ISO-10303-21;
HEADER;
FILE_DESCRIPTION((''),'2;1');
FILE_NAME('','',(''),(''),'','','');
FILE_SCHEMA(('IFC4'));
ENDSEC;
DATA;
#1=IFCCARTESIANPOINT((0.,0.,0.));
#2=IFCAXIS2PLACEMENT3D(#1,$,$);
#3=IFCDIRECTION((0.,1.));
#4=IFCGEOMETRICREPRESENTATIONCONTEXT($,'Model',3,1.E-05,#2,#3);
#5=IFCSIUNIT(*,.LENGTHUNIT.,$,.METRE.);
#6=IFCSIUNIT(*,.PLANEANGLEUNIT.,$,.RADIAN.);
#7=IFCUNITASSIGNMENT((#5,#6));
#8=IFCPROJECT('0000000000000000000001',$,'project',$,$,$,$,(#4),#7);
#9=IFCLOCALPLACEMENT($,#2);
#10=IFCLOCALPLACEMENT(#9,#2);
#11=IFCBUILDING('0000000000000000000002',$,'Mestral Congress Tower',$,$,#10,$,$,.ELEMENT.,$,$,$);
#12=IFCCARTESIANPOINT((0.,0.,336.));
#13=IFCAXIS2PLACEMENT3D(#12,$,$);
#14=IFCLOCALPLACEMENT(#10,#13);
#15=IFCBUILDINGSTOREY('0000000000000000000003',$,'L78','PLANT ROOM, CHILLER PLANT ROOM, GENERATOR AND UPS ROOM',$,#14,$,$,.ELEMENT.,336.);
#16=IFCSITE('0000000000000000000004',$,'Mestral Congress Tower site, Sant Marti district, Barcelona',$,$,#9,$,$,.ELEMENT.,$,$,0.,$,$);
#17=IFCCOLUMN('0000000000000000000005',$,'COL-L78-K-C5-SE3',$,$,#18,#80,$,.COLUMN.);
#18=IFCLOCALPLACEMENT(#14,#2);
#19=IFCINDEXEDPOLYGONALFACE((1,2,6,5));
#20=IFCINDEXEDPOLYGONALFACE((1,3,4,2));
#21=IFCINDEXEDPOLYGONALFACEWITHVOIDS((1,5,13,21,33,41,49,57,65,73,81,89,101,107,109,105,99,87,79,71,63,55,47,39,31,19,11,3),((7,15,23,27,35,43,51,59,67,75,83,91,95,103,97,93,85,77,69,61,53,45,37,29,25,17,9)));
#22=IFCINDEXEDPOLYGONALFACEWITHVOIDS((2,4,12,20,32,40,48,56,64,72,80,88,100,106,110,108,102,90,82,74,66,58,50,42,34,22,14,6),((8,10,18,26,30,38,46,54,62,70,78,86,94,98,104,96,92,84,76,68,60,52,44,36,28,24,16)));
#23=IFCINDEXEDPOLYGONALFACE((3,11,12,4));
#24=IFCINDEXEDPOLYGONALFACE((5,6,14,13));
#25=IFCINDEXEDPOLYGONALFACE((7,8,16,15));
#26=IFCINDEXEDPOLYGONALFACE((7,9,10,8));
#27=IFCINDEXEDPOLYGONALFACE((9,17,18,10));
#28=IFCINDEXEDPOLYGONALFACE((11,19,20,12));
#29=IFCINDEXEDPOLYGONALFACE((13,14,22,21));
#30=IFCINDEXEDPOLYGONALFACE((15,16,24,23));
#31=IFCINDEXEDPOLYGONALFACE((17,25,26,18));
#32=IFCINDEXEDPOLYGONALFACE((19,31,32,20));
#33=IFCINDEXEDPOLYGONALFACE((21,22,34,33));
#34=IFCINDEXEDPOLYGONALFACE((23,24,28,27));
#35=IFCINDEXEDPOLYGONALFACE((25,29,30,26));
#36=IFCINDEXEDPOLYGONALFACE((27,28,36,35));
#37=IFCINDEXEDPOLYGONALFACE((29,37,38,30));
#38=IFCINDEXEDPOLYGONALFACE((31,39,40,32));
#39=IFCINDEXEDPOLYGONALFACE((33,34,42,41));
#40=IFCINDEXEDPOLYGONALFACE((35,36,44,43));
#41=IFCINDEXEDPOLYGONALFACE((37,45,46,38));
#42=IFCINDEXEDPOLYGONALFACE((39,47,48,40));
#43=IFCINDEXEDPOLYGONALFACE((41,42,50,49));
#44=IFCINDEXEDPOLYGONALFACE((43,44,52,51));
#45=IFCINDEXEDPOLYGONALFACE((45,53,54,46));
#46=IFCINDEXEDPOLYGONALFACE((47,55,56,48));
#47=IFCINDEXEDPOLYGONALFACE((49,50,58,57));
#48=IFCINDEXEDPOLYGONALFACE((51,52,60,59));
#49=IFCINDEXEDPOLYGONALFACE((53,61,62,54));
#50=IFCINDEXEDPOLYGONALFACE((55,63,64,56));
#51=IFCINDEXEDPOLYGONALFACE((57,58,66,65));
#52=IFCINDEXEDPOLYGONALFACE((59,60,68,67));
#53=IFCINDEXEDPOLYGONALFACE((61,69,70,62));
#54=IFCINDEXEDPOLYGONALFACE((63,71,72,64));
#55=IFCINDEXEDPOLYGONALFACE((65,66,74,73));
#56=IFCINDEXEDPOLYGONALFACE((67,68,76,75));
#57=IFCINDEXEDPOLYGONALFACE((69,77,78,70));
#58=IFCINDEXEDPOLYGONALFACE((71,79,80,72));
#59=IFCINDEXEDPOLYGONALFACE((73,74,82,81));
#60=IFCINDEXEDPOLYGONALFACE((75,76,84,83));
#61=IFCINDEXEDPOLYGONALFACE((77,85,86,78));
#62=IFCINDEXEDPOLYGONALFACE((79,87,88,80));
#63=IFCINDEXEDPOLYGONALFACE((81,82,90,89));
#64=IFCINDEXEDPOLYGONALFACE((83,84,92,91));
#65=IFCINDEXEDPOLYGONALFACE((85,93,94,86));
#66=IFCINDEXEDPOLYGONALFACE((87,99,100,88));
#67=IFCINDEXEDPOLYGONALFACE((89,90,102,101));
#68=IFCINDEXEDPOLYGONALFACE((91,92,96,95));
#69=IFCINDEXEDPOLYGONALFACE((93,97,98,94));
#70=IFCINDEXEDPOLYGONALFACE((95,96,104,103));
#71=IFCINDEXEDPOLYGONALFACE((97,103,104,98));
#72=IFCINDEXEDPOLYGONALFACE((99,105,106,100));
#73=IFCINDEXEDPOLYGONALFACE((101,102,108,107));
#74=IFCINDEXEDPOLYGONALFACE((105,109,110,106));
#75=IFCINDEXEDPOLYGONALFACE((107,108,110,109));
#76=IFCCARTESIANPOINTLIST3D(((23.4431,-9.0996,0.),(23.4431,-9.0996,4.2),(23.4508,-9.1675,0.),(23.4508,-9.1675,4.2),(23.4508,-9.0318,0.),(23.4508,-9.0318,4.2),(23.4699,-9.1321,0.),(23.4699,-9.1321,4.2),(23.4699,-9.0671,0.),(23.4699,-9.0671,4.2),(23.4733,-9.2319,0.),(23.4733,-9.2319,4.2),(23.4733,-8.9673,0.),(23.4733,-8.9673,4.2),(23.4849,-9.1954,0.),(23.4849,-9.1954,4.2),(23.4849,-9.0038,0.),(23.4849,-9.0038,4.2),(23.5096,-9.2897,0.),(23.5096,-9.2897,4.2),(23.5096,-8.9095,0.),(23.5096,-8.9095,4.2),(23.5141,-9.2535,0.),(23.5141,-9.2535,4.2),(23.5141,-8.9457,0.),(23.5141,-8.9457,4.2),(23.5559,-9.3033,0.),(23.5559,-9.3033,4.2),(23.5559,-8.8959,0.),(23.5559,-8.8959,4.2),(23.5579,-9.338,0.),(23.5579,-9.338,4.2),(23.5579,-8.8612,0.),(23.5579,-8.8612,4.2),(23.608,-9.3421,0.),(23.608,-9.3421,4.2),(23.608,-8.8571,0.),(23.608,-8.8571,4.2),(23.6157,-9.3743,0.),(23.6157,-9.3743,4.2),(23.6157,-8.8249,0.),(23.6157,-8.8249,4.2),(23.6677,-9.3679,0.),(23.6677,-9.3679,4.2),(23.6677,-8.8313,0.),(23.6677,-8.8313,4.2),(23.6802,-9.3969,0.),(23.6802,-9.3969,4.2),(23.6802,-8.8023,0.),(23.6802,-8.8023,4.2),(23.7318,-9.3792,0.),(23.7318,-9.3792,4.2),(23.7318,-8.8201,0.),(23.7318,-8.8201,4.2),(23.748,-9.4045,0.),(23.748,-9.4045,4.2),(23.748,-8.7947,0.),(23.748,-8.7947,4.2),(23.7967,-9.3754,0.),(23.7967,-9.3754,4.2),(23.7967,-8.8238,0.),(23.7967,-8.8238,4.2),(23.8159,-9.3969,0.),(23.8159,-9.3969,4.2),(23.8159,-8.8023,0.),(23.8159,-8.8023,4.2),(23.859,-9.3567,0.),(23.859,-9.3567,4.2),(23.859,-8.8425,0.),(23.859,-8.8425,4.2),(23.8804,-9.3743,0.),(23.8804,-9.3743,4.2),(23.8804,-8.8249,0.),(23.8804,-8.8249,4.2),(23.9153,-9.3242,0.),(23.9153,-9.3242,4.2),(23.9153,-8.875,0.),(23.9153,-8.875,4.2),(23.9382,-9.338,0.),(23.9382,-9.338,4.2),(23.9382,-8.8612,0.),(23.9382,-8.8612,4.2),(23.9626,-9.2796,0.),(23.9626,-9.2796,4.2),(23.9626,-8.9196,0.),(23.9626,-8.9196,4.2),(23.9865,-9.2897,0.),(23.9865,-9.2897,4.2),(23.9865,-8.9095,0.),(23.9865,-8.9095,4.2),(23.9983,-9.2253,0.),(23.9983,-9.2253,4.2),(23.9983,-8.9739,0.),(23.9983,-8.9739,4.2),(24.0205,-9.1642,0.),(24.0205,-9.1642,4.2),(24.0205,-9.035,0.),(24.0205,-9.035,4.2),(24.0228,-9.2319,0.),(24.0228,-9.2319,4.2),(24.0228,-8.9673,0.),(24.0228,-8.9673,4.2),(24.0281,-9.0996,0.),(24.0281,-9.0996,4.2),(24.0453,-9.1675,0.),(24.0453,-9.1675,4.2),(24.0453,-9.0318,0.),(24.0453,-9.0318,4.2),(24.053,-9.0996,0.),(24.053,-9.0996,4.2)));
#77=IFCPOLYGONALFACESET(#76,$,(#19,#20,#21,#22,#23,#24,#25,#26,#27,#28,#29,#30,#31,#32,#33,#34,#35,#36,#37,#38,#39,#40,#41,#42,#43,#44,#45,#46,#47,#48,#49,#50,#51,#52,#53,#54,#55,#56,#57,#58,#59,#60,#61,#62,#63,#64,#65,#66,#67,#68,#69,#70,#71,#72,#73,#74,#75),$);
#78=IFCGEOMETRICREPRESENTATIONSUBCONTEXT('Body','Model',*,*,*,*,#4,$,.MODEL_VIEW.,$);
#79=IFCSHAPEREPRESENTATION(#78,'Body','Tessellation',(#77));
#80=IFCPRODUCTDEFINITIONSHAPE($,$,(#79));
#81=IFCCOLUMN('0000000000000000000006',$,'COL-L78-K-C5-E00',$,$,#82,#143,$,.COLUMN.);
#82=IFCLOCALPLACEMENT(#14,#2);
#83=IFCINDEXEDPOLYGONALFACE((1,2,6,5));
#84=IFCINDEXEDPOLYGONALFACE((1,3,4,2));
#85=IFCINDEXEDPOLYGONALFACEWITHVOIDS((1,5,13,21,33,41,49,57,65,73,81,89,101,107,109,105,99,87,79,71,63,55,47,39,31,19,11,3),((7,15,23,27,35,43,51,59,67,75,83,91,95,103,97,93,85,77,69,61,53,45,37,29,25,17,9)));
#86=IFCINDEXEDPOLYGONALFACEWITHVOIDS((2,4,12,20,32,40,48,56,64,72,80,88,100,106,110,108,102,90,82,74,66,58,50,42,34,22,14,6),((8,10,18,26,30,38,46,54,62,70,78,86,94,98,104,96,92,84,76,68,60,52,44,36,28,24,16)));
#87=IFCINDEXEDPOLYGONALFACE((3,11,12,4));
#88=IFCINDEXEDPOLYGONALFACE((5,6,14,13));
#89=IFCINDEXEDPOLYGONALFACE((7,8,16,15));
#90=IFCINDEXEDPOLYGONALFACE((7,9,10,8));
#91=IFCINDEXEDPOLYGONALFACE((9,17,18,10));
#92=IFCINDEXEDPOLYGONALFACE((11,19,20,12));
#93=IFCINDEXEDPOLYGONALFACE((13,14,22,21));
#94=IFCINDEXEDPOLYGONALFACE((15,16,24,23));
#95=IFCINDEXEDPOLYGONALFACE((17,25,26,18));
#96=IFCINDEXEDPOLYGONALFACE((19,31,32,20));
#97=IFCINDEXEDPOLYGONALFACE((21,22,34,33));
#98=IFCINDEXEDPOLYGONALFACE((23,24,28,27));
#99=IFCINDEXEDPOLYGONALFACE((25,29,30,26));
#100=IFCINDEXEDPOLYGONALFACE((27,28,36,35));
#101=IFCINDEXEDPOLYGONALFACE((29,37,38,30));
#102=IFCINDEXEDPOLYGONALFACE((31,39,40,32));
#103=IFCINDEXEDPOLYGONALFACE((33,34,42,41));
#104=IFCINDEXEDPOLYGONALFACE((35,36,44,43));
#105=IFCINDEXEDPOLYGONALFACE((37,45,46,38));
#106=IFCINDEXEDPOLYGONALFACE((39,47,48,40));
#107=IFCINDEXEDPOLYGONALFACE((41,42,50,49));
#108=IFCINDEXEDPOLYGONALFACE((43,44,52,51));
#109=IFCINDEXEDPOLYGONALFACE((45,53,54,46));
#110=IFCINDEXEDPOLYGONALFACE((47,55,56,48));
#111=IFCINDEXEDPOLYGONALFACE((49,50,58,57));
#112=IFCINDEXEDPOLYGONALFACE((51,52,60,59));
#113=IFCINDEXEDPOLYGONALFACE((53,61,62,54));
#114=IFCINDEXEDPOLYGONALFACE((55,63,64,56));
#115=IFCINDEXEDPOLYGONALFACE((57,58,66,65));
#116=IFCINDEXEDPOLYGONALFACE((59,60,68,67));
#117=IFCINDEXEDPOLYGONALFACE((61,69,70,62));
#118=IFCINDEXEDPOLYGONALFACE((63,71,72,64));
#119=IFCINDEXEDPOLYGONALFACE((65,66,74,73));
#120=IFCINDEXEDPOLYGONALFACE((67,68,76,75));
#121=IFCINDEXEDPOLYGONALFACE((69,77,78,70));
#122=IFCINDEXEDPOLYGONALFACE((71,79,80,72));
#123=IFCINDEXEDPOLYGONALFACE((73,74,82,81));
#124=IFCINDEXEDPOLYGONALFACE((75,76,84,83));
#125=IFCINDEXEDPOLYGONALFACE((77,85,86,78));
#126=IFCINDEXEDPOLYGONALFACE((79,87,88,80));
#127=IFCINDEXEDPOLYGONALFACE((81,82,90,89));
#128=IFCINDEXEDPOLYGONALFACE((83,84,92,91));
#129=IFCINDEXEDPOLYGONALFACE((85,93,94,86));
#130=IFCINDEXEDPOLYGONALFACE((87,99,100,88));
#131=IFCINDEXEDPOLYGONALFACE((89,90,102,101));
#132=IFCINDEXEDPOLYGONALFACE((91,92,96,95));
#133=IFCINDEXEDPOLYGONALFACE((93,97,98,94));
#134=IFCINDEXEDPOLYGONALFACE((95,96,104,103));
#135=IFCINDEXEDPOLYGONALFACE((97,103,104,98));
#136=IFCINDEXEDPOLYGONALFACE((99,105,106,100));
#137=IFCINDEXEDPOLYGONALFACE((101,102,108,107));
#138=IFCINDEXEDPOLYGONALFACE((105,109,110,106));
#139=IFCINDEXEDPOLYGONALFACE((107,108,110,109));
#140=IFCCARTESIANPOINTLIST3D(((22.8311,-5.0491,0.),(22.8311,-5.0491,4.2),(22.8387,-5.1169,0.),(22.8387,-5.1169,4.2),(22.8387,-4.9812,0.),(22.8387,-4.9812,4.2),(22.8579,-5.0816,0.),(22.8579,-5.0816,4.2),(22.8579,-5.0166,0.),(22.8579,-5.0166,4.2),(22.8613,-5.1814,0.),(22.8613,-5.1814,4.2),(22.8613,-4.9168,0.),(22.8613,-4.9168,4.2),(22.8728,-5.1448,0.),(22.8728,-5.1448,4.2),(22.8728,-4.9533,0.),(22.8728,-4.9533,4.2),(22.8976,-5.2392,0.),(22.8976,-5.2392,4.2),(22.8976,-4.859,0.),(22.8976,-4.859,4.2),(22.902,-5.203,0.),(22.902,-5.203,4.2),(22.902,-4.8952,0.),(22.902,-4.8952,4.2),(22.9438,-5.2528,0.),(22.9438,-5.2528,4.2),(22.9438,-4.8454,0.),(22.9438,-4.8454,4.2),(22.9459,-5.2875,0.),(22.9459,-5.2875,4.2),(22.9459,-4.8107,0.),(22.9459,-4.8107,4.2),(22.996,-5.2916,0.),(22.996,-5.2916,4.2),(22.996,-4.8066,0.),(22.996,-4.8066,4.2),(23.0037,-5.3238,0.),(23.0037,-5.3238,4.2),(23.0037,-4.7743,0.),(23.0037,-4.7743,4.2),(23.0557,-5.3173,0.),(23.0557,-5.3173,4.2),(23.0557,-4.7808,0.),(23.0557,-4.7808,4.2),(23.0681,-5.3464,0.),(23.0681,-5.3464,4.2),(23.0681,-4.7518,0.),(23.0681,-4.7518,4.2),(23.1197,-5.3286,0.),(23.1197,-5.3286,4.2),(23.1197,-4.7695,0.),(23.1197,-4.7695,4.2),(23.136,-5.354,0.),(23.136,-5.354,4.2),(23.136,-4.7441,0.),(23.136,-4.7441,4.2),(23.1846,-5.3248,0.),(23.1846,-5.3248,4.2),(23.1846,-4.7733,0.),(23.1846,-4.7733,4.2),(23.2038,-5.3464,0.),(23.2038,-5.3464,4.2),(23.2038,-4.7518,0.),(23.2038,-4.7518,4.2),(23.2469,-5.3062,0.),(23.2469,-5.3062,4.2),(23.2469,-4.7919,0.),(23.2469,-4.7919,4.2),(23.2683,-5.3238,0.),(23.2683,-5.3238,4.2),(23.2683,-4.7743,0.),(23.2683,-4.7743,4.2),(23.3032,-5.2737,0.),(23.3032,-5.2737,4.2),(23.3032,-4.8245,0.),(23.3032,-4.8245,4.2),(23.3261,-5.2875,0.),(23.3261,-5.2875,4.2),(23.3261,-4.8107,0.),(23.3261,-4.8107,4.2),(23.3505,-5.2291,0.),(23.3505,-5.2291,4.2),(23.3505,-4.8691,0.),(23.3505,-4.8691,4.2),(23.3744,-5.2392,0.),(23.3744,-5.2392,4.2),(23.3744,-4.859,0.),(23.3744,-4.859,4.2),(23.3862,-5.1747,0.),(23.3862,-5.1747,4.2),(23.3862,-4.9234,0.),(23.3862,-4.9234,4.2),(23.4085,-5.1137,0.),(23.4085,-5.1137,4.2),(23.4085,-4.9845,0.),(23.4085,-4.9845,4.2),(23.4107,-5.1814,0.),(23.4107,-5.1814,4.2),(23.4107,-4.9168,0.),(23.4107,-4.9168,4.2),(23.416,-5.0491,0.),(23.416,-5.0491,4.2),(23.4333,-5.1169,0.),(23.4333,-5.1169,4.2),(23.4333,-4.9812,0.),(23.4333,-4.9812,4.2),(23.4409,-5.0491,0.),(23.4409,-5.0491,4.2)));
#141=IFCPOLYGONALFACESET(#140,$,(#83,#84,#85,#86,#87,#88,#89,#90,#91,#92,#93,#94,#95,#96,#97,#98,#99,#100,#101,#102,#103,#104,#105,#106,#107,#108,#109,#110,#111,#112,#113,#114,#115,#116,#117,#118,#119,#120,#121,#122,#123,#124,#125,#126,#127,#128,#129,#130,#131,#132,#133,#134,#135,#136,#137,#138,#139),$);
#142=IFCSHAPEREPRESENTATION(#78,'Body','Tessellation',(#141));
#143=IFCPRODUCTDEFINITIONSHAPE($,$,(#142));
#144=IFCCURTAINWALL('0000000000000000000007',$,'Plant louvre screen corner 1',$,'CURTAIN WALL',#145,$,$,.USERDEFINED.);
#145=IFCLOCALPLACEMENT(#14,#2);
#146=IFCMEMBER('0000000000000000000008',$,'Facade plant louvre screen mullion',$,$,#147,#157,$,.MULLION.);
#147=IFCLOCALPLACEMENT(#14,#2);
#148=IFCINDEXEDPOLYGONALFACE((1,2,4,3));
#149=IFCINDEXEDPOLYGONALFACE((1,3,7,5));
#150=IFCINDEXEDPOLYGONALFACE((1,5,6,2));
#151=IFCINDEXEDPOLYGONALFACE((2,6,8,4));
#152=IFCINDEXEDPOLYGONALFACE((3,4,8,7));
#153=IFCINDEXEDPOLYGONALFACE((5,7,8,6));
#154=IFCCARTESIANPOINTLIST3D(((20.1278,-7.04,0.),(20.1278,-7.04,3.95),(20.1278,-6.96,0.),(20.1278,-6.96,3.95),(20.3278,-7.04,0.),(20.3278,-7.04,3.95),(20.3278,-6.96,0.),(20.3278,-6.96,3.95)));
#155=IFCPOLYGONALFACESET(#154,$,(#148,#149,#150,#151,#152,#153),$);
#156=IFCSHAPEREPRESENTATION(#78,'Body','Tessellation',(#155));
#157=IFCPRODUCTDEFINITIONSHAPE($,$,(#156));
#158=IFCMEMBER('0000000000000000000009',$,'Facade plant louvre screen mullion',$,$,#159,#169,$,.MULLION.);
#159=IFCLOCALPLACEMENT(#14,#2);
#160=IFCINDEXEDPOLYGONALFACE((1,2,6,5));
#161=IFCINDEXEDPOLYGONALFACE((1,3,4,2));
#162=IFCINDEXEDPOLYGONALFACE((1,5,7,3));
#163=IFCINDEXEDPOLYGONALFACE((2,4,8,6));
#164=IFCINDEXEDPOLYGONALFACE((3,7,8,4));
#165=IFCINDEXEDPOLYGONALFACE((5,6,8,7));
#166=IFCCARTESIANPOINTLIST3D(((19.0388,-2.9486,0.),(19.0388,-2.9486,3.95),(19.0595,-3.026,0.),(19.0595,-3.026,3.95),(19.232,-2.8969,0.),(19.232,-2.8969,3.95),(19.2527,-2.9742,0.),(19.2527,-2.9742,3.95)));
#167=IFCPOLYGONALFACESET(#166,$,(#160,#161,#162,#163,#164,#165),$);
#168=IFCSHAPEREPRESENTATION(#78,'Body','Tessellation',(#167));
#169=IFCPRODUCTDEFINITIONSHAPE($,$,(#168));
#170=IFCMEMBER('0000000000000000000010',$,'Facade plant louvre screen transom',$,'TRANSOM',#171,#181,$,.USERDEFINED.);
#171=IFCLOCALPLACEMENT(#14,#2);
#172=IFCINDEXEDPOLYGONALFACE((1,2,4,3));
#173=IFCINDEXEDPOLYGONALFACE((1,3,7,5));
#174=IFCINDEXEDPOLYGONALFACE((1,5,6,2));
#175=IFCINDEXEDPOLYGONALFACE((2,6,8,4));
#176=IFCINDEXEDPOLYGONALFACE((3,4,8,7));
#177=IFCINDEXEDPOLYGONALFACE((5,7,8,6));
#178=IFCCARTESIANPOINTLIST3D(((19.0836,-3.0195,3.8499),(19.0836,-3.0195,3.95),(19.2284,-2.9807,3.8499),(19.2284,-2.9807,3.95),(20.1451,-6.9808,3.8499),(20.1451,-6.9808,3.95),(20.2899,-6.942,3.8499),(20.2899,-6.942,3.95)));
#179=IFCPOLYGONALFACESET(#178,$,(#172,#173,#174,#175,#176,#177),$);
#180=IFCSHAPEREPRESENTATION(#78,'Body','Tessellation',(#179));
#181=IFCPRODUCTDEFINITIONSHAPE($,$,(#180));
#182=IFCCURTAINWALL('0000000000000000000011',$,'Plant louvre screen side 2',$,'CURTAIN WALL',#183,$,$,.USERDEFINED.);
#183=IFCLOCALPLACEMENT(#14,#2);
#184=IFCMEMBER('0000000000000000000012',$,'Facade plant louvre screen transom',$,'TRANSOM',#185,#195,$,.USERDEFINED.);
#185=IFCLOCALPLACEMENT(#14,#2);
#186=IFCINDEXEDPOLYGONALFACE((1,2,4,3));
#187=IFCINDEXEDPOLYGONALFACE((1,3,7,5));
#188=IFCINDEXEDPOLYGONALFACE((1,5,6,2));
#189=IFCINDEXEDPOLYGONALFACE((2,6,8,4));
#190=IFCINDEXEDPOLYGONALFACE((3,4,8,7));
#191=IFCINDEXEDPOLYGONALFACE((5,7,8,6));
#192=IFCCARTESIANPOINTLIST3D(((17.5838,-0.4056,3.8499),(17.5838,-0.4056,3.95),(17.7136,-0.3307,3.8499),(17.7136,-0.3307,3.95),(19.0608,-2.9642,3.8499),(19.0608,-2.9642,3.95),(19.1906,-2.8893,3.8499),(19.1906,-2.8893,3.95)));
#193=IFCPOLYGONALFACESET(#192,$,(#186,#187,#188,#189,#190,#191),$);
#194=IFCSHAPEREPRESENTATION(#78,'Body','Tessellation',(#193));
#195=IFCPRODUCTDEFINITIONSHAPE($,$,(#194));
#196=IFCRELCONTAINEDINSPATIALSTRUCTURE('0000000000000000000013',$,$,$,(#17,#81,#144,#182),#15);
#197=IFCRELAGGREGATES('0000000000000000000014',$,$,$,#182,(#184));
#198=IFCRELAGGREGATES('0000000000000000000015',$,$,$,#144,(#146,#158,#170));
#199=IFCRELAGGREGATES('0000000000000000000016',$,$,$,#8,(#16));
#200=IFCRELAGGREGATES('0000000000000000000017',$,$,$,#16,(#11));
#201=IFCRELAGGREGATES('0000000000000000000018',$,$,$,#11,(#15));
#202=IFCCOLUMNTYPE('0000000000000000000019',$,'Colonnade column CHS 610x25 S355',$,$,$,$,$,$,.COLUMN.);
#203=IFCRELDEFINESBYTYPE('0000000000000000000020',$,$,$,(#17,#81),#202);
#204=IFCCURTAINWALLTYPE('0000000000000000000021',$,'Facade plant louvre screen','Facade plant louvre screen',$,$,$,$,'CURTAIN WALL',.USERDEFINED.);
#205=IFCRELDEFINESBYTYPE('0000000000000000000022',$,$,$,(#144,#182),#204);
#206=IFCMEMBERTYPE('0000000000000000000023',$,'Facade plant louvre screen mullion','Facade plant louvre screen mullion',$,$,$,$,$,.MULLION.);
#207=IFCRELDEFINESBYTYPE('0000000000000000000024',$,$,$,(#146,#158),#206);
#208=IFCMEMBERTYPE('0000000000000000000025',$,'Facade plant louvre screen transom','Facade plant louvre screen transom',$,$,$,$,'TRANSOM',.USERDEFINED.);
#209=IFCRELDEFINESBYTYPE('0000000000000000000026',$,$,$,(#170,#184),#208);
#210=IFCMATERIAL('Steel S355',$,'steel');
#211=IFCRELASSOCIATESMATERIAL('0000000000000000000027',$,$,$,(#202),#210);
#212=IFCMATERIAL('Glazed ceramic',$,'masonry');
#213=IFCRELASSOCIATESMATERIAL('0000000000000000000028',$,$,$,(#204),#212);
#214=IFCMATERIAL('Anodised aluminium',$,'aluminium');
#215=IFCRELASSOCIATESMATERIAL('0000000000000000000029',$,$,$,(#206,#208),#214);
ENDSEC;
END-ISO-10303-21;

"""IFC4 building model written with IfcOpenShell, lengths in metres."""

from ifc_helpers import new_model, si_unit, direction, frame, origin, origin_2d, place, context, subcontext, project, spatial, rectangle, hollow_circle, extrude, material, material_profile, profile_set, type_object, element, aggregate, save


model = new_model("IFC4")

# Units and contexts
model_context = context("Model", 3, precision=1e-05, world=origin(), true_north=direction((0.0, 1.0)))
body_context = subcontext(model_context, "Body", "Model", "MODEL_VIEW")
ifc_project = project(units=[si_unit("LENGTHUNIT", "METRE"), si_unit("PLANEANGLEUNIT", "RADIAN")], contexts=[model_context])

# Site, building, storey
site_placement = place(None, origin())
site = spatial("IfcSite", under=ifc_project, at=site_placement, Name="Mestral Congress Tower site, Sant Marti district, Barcelona", CompositionType="ELEMENT", RefElevation=0.0)
building_placement = place(site_placement, origin())
building = spatial("IfcBuilding", under=site, at=building_placement, Name="Mestral Congress Tower", CompositionType="ELEMENT")
storey_placement = place(building_placement, frame((0.0, 0.0, 336.0)))
storey = spatial("IfcBuildingStorey", under=building, at=storey_placement, Name="L78", Description="PLANT ROOM, CHILLER PLANT ROOM, GENERATOR AND UPS ROOM", CompositionType="ELEMENT", Elevation=336.0)

# Columns
ifc_material_1 = material(Name="Steel S355", Category="steel")
ifc_material_profile_1 = material_profile(ifc_material_1, hollow_circle(Radius=0.3049, WallThickness=0.0249, at=origin_2d()), Name="CHS 610x25")
ifc_profile_set_1 = profile_set([ifc_material_profile_1], Name="Steel S355")
column_type = type_object("IfcColumnType", Name="Colonnade column CHS 610x25 S355", PredefinedType="COLUMN", material=ifc_profile_set_1)
for number, where, z_axis, x_axis, name in (
    (1, (23.748, -9.0996, 0.0), (0.0, 0.0, 1.0), (1.0, 0.0, 0.0), "COL-L78-K-C5-SE3"),
    (2, (23.136, -5.0491, 0.0), (0.0, 0.0, 1.0), (1.0, 0.0, 0.0), "COL-L78-K-C5-E00"),
):
    element("IfcColumn", number, at=place(storey_placement, frame(where, z_axis=z_axis, x_axis=x_axis)), inside=storey, type_object=column_type, Name=name, PredefinedType="COLUMN", context=body_context, shape_type="SweptSolid", body=[
        extrude(hollow_circle(Radius=0.3049, WallThickness=0.0249, at=origin_2d()), origin(), (0.0, 0.0, 1.0), 4.2),
    ])

# Curtain wall, members
ifc_material_2 = material(Name="Glazed ceramic", Category="masonry")
curtain_wall_type = type_object("IfcCurtainWallType", Name="Facade plant louvre screen", Description="Facade plant louvre screen", ElementType="CURTAIN WALL", PredefinedType="USERDEFINED", material=ifc_material_2)
placement = place(storey_placement, origin())
curtain_wall_1 = element("IfcCurtainWall", 3, at=placement, inside=storey, type_object=curtain_wall_type, Name="Plant louvre screen corner 1", ObjectType="CURTAIN WALL", PredefinedType="USERDEFINED")
ifc_material_3 = material(Name="Anodised aluminium", Category="aluminium")
ifc_material_profile_2 = material_profile(ifc_material_3, rectangle(XDim=0.2, YDim=0.0801, at=origin_2d()), Name="CW6 mullion 200 x 80")
ifc_profile_set_2 = profile_set([ifc_material_profile_2], Name="Anodised aluminium")
member_type_1 = type_object("IfcMemberType", Name="Facade plant louvre screen mullion", Description="Facade plant louvre screen mullion", PredefinedType="MULLION", material=ifc_profile_set_2)
member_1_placement = place(storey_placement, frame((20.2278, -7.0, 0.0), z_axis=(0.0, 0.0, 1.0), x_axis=(1.0, 0.0, 0.0)))
member_1 = element("IfcMember", 4, at=member_1_placement, type_object=member_type_1, Name="Facade plant louvre screen mullion", PredefinedType="MULLION", context=body_context, shape_type="SweptSolid", body=[
    extrude(rectangle(XDim=0.2, YDim=0.0801, at=origin_2d()), origin(), (0.0, 0.0, 1.0), 3.95),
])
member_2_placement = place(storey_placement, frame((19.1458, -2.9614, 0.0), z_axis=(0.0, 0.0, 1.0), x_axis=(0.965926, 0.258819, 0.0)))
member_2 = element("IfcMember", 5, at=member_2_placement, type_object=member_type_1, Name="Facade plant louvre screen mullion", PredefinedType="MULLION", context=body_context, shape_type="SweptSolid", body=[
    extrude(rectangle(XDim=0.2, YDim=0.0801, at=origin_2d()), origin(), (0.0, 0.0, 1.0), 3.95),
])
ifc_material_profile_3 = material_profile(ifc_material_3, rectangle(XDim=0.1499, YDim=0.1001, at=origin_2d()), Name="CW6 transom 150 x 100")
ifc_profile_set_3 = profile_set([ifc_material_profile_3], Name="Anodised aluminium")
member_type_2 = type_object("IfcMemberType", Name="Facade plant louvre screen transom", Description="Facade plant louvre screen transom", ElementType="TRANSOM", PredefinedType="USERDEFINED", material=ifc_profile_set_3)
member_3_placement = place(storey_placement, frame((20.2175, -6.9614, 3.8999), z_axis=(-0.258833, 0.965922, 0.0), x_axis=(-0.965922, -0.258833, 0.0)))
member_3 = element("IfcMember", 6, at=member_3_placement, type_object=member_type_2, Name="Facade plant louvre screen transom", ObjectType="TRANSOM", PredefinedType="USERDEFINED", context=body_context, shape_type="SweptSolid", body=[
    extrude(rectangle(XDim=0.1499, YDim=0.1001, at=origin_2d()), origin(), (0.0, 0.0, 1.0), 4.1011),
])

# Curtain wall, member
curtain_wall_2 = element("IfcCurtainWall", 7, at=placement, inside=storey, type_object=curtain_wall_type, Name="Plant louvre screen side 2", ObjectType="CURTAIN WALL", PredefinedType="USERDEFINED")
member_4_placement = place(storey_placement, frame((19.1257, -2.9268, 3.8999), z_axis=(-0.499961, 0.866048, 0.0), x_axis=(-0.866048, -0.499961, 0.0)))
member_4 = element("IfcMember", 8, at=member_4_placement, type_object=member_type_2, Name="Facade plant louvre screen transom", ObjectType="TRANSOM", PredefinedType="USERDEFINED", context=body_context, shape_type="SweptSolid", body=[
    extrude(rectangle(XDim=0.1499, YDim=0.1001, at=origin_2d()), origin(), (0.0, 0.0, 1.0), 2.9543),
])
aggregate(curtain_wall_2, [member_4])

aggregate(curtain_wall_1, [member_1, member_2, member_3])

save(model, "model.ifc")
